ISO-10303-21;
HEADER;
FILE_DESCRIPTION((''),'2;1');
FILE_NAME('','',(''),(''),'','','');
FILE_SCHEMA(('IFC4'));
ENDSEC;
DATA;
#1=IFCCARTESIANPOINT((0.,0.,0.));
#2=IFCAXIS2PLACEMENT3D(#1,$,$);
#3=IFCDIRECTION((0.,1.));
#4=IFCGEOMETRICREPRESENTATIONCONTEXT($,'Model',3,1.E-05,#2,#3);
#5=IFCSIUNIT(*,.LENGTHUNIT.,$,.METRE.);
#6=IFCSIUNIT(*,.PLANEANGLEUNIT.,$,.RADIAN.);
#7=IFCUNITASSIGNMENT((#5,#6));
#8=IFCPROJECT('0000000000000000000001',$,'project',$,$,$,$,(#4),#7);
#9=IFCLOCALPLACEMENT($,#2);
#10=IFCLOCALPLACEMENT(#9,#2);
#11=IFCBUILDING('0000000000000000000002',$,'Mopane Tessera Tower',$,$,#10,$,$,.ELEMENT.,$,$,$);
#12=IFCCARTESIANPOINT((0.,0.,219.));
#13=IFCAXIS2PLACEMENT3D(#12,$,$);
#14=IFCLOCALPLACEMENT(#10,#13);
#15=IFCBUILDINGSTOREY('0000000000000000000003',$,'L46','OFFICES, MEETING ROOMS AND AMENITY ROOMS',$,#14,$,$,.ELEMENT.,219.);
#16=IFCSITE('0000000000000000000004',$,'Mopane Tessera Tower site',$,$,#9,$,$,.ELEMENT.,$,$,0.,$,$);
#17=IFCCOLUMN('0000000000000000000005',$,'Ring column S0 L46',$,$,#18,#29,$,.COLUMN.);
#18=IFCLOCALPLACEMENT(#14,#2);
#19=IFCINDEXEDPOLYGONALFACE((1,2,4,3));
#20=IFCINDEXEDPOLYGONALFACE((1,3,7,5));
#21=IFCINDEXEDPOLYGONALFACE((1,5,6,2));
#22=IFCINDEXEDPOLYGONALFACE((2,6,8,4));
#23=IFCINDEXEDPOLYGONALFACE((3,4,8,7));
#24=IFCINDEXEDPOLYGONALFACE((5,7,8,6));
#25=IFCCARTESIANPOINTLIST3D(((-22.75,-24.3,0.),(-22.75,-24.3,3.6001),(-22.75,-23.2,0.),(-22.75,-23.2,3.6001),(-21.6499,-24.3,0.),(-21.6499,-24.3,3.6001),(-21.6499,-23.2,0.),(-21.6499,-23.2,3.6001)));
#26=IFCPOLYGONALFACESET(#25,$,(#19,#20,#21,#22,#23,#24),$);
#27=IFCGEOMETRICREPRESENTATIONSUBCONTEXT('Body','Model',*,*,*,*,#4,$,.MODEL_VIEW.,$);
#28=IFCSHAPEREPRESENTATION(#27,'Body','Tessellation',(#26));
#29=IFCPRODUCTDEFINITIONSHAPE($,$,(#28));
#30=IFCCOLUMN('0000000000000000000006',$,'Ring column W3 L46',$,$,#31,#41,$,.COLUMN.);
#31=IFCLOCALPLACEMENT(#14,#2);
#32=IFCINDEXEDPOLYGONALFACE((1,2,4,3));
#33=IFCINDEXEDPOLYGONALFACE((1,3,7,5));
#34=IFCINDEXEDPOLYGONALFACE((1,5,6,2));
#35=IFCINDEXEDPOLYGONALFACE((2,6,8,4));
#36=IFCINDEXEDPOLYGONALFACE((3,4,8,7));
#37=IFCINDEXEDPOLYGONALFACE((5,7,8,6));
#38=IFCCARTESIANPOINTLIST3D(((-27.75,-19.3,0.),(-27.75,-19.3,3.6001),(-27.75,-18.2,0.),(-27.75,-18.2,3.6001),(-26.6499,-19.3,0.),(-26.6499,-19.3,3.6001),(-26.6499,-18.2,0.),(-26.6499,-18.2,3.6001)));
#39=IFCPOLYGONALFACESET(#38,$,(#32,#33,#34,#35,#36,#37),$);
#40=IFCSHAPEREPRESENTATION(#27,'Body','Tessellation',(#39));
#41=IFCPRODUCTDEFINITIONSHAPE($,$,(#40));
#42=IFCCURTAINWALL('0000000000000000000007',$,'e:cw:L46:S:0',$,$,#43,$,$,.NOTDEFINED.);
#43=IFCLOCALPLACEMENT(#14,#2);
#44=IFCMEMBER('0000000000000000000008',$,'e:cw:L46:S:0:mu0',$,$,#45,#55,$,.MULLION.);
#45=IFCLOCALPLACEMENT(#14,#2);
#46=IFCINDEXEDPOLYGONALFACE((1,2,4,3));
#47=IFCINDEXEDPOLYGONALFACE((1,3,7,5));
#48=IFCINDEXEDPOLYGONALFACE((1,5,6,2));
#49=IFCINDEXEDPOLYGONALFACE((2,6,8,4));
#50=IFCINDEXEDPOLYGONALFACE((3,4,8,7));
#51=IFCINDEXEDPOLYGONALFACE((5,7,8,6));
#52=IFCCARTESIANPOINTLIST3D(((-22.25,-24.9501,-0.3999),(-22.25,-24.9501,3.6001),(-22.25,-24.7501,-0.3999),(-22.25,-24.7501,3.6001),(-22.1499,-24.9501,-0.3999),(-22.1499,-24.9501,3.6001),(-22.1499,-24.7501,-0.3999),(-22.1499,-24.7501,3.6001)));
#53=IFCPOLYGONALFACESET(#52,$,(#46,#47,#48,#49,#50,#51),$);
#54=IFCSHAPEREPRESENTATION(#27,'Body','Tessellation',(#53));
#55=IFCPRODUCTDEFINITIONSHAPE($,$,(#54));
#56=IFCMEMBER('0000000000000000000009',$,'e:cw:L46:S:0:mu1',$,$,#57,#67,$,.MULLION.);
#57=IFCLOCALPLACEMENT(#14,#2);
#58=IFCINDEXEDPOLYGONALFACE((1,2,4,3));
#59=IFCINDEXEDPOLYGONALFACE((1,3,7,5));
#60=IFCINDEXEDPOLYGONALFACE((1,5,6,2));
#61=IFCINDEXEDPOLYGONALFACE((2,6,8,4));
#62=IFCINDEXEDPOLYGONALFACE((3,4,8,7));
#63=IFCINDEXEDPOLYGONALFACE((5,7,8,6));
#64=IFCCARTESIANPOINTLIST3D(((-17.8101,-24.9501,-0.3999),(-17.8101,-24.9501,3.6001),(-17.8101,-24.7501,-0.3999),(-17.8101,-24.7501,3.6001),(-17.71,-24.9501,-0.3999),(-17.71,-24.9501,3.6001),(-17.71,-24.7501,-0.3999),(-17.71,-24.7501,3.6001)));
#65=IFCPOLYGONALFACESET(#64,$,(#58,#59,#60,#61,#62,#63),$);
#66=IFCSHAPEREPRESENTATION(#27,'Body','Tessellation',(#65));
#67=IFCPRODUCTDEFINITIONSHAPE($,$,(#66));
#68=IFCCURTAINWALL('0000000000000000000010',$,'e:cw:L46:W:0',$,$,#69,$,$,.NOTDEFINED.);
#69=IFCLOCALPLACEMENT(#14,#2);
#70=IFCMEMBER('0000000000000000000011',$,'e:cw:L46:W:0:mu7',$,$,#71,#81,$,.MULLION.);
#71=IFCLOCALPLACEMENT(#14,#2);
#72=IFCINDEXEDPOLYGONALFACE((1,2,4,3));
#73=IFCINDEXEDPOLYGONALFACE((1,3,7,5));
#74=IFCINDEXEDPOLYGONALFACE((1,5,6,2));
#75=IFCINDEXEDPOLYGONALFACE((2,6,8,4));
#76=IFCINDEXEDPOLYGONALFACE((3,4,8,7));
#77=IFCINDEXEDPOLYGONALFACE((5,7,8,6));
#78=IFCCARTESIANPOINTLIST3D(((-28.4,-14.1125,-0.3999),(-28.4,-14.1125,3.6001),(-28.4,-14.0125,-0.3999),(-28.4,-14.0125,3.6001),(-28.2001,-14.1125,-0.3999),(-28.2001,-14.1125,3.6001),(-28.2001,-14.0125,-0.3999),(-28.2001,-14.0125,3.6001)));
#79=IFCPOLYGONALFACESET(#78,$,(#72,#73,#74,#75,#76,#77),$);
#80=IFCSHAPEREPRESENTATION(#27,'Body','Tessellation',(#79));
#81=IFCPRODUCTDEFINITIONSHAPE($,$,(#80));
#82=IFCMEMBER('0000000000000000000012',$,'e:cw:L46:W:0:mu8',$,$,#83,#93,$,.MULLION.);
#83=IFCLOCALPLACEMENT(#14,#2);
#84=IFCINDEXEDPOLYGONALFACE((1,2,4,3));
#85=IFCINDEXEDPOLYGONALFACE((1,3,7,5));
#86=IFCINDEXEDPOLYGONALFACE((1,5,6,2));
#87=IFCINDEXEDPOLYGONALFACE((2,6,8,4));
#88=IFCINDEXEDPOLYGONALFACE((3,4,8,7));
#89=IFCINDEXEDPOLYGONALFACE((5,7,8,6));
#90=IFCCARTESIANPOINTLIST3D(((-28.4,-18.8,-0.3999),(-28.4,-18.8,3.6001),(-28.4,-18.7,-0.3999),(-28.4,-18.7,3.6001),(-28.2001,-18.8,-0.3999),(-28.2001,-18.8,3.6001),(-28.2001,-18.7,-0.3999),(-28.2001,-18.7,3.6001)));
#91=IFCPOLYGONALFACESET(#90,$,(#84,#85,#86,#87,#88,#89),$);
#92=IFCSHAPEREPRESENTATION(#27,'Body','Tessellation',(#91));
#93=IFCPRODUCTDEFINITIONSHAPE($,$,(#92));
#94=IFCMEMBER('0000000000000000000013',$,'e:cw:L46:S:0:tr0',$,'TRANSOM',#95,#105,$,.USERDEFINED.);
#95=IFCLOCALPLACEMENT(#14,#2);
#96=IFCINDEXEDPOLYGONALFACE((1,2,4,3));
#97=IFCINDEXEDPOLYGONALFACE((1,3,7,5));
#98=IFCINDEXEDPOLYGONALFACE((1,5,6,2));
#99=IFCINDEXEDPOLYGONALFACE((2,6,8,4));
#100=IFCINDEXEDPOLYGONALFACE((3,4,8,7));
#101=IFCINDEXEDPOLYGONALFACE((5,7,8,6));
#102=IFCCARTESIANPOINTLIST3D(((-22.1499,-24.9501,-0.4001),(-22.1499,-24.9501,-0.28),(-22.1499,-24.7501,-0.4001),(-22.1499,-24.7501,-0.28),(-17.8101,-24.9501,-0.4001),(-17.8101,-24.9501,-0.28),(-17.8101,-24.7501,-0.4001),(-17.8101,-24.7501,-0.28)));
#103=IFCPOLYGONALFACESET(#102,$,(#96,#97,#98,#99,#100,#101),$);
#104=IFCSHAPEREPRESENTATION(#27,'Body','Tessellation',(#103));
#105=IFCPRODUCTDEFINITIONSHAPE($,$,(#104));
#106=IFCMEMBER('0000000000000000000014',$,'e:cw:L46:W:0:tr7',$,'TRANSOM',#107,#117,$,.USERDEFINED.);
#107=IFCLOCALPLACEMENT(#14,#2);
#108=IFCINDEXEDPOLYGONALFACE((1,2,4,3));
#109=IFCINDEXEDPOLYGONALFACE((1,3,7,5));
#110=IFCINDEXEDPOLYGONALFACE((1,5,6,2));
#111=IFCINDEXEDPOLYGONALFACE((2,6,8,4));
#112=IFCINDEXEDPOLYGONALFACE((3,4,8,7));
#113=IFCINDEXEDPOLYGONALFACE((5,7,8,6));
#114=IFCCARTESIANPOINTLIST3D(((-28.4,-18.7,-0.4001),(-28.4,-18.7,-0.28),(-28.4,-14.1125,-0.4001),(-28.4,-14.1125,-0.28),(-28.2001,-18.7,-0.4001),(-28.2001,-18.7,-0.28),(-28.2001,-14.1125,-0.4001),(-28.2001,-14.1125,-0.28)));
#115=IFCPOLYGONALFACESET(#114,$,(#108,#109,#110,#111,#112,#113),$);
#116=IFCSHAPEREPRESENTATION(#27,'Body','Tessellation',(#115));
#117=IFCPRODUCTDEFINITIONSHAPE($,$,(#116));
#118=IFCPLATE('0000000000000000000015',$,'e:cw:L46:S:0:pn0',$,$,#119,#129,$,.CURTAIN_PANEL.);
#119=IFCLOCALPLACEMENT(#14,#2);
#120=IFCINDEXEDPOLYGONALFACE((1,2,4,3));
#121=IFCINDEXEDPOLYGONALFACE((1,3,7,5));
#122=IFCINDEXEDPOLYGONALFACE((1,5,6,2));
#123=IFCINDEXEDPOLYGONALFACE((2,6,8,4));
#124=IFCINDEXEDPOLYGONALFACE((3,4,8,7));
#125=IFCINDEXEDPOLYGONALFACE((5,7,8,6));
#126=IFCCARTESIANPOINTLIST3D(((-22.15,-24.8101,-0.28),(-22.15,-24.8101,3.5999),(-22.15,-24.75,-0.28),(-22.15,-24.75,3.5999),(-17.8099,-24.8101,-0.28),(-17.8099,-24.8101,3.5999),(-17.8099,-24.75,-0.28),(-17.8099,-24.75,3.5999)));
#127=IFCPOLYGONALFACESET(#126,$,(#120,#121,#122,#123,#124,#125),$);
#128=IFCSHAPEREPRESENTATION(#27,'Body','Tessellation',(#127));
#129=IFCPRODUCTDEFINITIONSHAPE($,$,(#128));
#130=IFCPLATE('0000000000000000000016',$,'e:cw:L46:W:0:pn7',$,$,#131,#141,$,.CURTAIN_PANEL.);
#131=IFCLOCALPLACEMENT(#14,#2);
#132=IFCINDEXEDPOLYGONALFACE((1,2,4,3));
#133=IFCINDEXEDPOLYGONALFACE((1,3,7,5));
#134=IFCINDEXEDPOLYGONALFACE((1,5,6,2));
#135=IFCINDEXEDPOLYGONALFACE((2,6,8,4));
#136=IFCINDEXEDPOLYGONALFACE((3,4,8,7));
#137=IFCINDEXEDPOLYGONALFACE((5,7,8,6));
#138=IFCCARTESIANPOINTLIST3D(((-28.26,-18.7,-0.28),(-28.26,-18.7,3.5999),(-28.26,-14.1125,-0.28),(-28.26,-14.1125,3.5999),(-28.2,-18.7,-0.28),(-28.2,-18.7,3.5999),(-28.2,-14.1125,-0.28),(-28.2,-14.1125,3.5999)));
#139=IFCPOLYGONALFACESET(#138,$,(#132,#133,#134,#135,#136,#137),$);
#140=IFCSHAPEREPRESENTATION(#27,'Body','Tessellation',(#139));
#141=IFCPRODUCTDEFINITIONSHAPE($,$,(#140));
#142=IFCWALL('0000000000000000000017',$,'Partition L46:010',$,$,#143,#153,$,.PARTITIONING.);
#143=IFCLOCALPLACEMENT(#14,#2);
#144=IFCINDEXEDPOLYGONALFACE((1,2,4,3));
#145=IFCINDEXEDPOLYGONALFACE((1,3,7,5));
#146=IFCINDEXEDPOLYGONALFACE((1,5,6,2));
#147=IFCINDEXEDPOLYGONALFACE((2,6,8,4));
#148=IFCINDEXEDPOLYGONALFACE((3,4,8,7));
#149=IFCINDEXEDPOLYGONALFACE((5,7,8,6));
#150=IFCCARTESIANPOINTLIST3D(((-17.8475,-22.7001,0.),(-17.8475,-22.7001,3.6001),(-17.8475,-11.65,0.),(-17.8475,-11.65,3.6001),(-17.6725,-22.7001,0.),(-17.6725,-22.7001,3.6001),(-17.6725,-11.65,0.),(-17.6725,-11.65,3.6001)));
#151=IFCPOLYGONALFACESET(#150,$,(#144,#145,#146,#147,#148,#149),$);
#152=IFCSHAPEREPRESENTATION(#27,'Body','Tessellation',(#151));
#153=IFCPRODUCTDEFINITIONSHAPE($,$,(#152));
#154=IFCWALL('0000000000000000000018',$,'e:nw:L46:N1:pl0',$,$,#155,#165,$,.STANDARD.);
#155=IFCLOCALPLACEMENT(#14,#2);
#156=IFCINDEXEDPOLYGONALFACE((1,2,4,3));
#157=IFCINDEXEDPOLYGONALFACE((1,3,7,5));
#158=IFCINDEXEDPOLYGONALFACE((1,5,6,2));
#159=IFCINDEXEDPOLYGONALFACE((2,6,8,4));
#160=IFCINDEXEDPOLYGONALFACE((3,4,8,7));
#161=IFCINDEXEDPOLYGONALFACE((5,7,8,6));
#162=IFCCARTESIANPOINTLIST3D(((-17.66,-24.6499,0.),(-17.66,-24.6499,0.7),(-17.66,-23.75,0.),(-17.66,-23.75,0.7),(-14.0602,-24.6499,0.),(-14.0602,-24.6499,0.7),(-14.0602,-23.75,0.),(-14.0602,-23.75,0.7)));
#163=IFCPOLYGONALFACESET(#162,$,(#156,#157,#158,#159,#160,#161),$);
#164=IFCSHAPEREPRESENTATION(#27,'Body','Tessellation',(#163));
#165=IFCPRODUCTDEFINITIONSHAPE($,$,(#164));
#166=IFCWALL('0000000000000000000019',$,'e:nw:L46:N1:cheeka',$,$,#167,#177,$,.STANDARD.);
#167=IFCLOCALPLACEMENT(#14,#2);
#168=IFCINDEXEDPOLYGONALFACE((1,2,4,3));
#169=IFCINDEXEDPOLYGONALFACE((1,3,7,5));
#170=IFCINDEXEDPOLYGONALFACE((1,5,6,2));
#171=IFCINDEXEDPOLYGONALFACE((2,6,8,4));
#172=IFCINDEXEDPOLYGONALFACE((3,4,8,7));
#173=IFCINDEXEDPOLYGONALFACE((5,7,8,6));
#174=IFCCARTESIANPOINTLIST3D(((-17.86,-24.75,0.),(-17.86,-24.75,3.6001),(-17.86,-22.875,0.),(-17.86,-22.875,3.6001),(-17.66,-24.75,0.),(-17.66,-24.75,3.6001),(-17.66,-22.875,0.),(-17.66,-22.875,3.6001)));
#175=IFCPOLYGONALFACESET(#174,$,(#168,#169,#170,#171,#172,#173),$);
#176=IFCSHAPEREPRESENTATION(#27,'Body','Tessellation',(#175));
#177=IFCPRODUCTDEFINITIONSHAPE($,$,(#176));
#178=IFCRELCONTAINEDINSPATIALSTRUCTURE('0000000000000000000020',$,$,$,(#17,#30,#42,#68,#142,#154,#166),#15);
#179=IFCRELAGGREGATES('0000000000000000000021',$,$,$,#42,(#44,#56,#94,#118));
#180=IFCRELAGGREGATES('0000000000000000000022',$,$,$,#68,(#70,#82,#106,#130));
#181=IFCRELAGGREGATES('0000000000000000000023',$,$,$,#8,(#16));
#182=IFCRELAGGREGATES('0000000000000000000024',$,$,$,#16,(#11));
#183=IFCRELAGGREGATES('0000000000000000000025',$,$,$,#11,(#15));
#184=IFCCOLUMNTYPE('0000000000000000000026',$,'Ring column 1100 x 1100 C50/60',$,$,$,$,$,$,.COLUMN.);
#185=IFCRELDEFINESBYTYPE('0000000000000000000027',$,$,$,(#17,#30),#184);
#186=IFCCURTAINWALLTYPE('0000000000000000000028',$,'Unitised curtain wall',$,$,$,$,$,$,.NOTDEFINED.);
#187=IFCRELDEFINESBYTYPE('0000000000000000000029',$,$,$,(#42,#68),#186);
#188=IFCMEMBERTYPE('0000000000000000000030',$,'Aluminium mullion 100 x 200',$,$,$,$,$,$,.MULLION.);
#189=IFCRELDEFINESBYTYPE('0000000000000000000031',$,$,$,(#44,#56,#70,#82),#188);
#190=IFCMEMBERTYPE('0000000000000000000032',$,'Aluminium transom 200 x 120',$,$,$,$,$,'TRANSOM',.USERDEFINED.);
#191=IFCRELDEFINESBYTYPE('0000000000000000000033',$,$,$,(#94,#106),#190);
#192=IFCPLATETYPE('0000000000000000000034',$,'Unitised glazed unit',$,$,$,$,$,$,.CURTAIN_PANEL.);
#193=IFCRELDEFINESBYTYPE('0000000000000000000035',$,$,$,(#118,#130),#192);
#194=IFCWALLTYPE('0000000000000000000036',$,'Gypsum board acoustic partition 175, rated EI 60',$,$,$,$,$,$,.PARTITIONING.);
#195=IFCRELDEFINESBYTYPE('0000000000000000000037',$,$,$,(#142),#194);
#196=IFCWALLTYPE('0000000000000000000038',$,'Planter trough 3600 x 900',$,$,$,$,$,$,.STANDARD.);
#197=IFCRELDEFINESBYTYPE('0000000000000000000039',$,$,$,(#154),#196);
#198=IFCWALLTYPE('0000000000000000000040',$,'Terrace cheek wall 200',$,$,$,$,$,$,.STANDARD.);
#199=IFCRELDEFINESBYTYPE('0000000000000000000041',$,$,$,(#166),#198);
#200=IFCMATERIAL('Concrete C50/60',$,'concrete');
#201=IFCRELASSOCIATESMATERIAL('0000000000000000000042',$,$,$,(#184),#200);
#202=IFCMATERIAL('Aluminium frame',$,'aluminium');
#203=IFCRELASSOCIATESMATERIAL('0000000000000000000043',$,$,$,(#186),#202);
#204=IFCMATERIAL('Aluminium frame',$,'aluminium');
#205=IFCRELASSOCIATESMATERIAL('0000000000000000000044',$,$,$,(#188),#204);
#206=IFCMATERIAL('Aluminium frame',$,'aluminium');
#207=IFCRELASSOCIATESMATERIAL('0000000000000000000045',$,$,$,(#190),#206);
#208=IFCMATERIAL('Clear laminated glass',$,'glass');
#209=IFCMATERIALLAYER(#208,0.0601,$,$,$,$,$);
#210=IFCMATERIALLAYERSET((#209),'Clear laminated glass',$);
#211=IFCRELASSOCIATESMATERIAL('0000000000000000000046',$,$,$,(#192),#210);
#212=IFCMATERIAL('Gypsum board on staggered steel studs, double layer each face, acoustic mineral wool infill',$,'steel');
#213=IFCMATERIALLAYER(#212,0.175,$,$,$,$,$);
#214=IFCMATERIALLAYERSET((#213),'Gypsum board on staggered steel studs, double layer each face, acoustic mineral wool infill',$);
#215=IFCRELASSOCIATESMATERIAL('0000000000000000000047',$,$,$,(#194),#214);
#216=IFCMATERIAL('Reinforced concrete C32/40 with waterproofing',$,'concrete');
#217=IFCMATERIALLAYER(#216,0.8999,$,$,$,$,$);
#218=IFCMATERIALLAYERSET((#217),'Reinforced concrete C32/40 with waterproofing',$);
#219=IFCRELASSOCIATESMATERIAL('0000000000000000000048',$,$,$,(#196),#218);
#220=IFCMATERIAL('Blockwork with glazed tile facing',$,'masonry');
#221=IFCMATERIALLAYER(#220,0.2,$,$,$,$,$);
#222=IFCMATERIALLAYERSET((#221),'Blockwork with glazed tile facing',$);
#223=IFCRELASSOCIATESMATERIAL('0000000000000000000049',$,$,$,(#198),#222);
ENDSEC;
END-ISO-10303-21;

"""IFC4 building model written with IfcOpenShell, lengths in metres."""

from ifc_helpers import new_model, si_unit, direction, frame, frame_2d, origin, origin_2d, place, context, subcontext, project, spatial, rectangle, extrude, material, layer, layer_set, material_profile, profile_set, type_object, element, aggregate, save


model = new_model("IFC4")

# Units and contexts
model_context = context("Model", 3, precision=1e-05, world=origin(), true_north=direction((0.0, 1.0)))
body_context = subcontext(model_context, "Body", "Model", "MODEL_VIEW")
ifc_project = project(units=[si_unit("LENGTHUNIT", "METRE"), si_unit("PLANEANGLEUNIT", "RADIAN")], contexts=[model_context])

# Site, building, storey
site_placement = place(None, origin())
site = spatial("IfcSite", under=ifc_project, at=site_placement, Name="Mopane Tessera Tower site", CompositionType="ELEMENT", RefElevation=0.0)
building_placement = place(site_placement, origin())
building = spatial("IfcBuilding", under=site, at=building_placement, Name="Mopane Tessera Tower", CompositionType="ELEMENT")
storey_placement = place(building_placement, frame((0.0, 0.0, 219.0)))
storey = spatial("IfcBuildingStorey", under=building, at=storey_placement, Name="L46", Description="OFFICES, MEETING ROOMS AND AMENITY ROOMS", CompositionType="ELEMENT", Elevation=219.0)

# Columns
ifc_material_1 = material(Name="Concrete C50/60", Category="concrete")
ifc_material_profile_1 = material_profile(ifc_material_1, rectangle(XDim=1.1001, YDim=1.1001, at=origin_2d()))
ifc_profile_set_1 = profile_set([ifc_material_profile_1], Name="Concrete C50/60")
column_type = type_object("IfcColumnType", Name="Ring column 1100 x 1100 C50/60", PredefinedType="COLUMN", material=ifc_profile_set_1)
for number, where, z_axis, x_axis, name in (
    (1, (-22.2, -23.75, 0.0), (0.0, 0.0, 1.0), (1.0, 0.0, 0.0), "Ring column S0 L46"),
    (2, (-27.2, -18.75, 0.0), (0.0, 0.0, 1.0), (1.0, 0.0, 0.0), "Ring column W3 L46"),
):
    element("IfcColumn", number, at=place(storey_placement, frame(where, z_axis=z_axis, x_axis=x_axis)), inside=storey, type_object=column_type, Name=name, PredefinedType="COLUMN", context=body_context, shape_type="SweptSolid", body=[
        extrude(rectangle(XDim=1.1001, YDim=1.1001, at=origin_2d()), origin(), (0.0, 0.0, 1.0), 3.6001),
    ])

# Curtain walls, members
ifc_material_2 = material(Name="Aluminium frame", Category="aluminium")
curtain_wall_type = type_object("IfcCurtainWallType", Name="Unitised curtain wall", PredefinedType="NOTDEFINED", material=ifc_material_2)
curtain_wall_1_placement = place(storey_placement, origin())
curtain_wall_1 = element("IfcCurtainWall", 3, at=curtain_wall_1_placement, inside=storey, type_object=curtain_wall_type, Name="e:cw:L46:S:0", PredefinedType="NOTDEFINED")
ifc_material_3 = material(Name="Aluminium frame", Category="aluminium")
ifc_material_profile_2 = material_profile(ifc_material_3, rectangle(XDim=0.1001, YDim=0.2, at=origin_2d()))
ifc_profile_set_2 = profile_set([ifc_material_profile_2], Name="Aluminium frame")
member_type_1 = type_object("IfcMemberType", Name="Aluminium mullion 100 x 200", PredefinedType="MULLION", material=ifc_profile_set_2)
member_1_placement = place(storey_placement, frame((-22.2, -24.8501, -0.3999), z_axis=(0.0, 0.0, 1.0), x_axis=(1.0, 0.0, 0.0)))
member_1 = element("IfcMember", 4, at=member_1_placement, type_object=member_type_1, Name="e:cw:L46:S:0:mu0", PredefinedType="MULLION", context=body_context, shape_type="SweptSolid", body=[
    extrude(rectangle(XDim=0.1001, YDim=0.2, at=origin_2d()), origin(), (0.0, 0.0, 1.0), 4.0),
])
member_2_placement = place(storey_placement, frame((-17.76, -24.8501, -0.3999), z_axis=(0.0, 0.0, 1.0), x_axis=(1.0, 0.0, 0.0)))
member_2 = element("IfcMember", 5, at=member_2_placement, type_object=member_type_1, Name="e:cw:L46:S:0:mu1", PredefinedType="MULLION", context=body_context, shape_type="SweptSolid", body=[
    extrude(rectangle(XDim=0.1001, YDim=0.2, at=origin_2d()), origin(), (0.0, 0.0, 1.0), 4.0),
])
curtain_wall_2_placement = place(storey_placement, origin())
curtain_wall_2 = element("IfcCurtainWall", 6, at=curtain_wall_2_placement, inside=storey, type_object=curtain_wall_type, Name="e:cw:L46:W:0", PredefinedType="NOTDEFINED")
member_3_placement = place(storey_placement, frame((-28.3, -14.0625, -0.3999), z_axis=(0.0, 0.0, 1.0), x_axis=(0.0, -1.0, 0.0)))
member_3 = element("IfcMember", 7, at=member_3_placement, type_object=member_type_1, Name="e:cw:L46:W:0:mu7", PredefinedType="MULLION", context=body_context, shape_type="SweptSolid", body=[
    extrude(rectangle(XDim=0.1001, YDim=0.2, at=origin_2d()), origin(), (0.0, 0.0, 1.0), 4.0),
])
member_4_placement = place(storey_placement, frame((-28.3, -18.75, -0.3999), z_axis=(0.0, 0.0, 1.0), x_axis=(0.0, -1.0, 0.0)))
member_4 = element("IfcMember", 8, at=member_4_placement, type_object=member_type_1, Name="e:cw:L46:W:0:mu8", PredefinedType="MULLION", context=body_context, shape_type="SweptSolid", body=[
    extrude(rectangle(XDim=0.1001, YDim=0.2, at=origin_2d()), origin(), (0.0, 0.0, 1.0), 4.0),
])

# Members
ifc_material_4 = material(Name="Aluminium frame", Category="aluminium")
ifc_material_profile_3 = material_profile(ifc_material_4, rectangle(XDim=0.2, YDim=0.1201, at=origin_2d()))
ifc_profile_set_3 = profile_set([ifc_material_profile_3], Name="Aluminium frame")
member_type_2 = type_object("IfcMemberType", Name="Aluminium transom 200 x 120", ElementType="TRANSOM", PredefinedType="USERDEFINED", material=ifc_profile_set_3)
member_5_placement = place(storey_placement, frame((-22.1499, -24.8501, -0.3401), z_axis=(1.0, 0.0, 0.0), x_axis=(0.0, 1.0, 0.0)))
member_5 = element("IfcMember", 9, at=member_5_placement, type_object=member_type_2, Name="e:cw:L46:S:0:tr0", ObjectType="TRANSOM", PredefinedType="USERDEFINED", context=body_context, shape_type="SweptSolid", body=[
    extrude(rectangle(XDim=0.2, YDim=0.1201, at=origin_2d()), origin(), (0.0, 0.0, 1.0), 4.3398),
])
member_6_placement = place(storey_placement, frame((-28.3, -14.1125, -0.3401), z_axis=(0.0, -1.0, 0.0), x_axis=(1.0, 0.0, 0.0)))
member_6 = element("IfcMember", 10, at=member_6_placement, type_object=member_type_2, Name="e:cw:L46:W:0:tr7", ObjectType="TRANSOM", PredefinedType="USERDEFINED", context=body_context, shape_type="SweptSolid", body=[
    extrude(rectangle(XDim=0.2, YDim=0.1201, at=origin_2d()), origin(), (0.0, 0.0, 1.0), 4.5874),
])

# Plates
ifc_material_5 = material(Name="Clear laminated glass", Category="glass")
ifc_layer_1 = layer(ifc_material_5, 0.0601)
ifc_layer_set_1 = layer_set([ifc_layer_1], Name="Clear laminated glass")
plate_type = type_object("IfcPlateType", Name="Unitised glazed unit", PredefinedType="CURTAIN_PANEL", material=ifc_layer_set_1)
plate_1_placement = place(storey_placement, frame((-19.98, -24.78, -0.28), z_axis=(0.0, 0.0, 1.0), x_axis=(1.0, 0.0, 0.0)))
plate_1 = element("IfcPlate", 11, at=plate_1_placement, type_object=plate_type, Name="e:cw:L46:S:0:pn0", PredefinedType="CURTAIN_PANEL", context=body_context, shape_type="SweptSolid", body=[
    extrude(rectangle(XDim=4.3401, YDim=0.0601, at=origin_2d()), origin(), (0.0, 0.0, 1.0), 3.8799),
])
aggregate(curtain_wall_1, [member_1, member_2, member_5, plate_1])
plate_2_placement = place(storey_placement, frame((-28.23, -16.4062, -0.28), z_axis=(0.0, 0.0, 1.0), x_axis=(0.0, -1.0, 0.0)))
plate_2 = element("IfcPlate", 12, at=plate_2_placement, type_object=plate_type, Name="e:cw:L46:W:0:pn7", PredefinedType="CURTAIN_PANEL", context=body_context, shape_type="SweptSolid", body=[
    extrude(rectangle(XDim=4.5874, YDim=0.0601, at=origin_2d()), origin(), (0.0, 0.0, 1.0), 3.8799),
])
aggregate(curtain_wall_2, [member_3, member_4, member_6, plate_2])

# Walls
ifc_material_6 = material(Name="Gypsum board on staggered steel studs, double layer each face, acoustic mineral wool infill", Category="steel")
ifc_layer_2 = layer(ifc_material_6, 0.175)
ifc_layer_set_2 = layer_set([ifc_layer_2], Name="Gypsum board on staggered steel studs, double layer each face, acoustic mineral wool infill")
wall_type_1 = type_object("IfcWallType", Name="Gypsum board acoustic partition 175, rated EI 60", PredefinedType="PARTITIONING", material=ifc_layer_set_2)
wall_1_placement = place(storey_placement, frame((-17.76, -22.7, 0.0), z_axis=(0.0, 0.0, 1.0), x_axis=(0.0, 1.0, 0.0)))
element("IfcWall", 13, at=wall_1_placement, inside=storey, type_object=wall_type_1, Name="Partition L46:010", PredefinedType="PARTITIONING", context=body_context, shape_type="SweptSolid", body=[
    extrude(rectangle(XDim=11.05, YDim=0.175, at=frame_2d((5.5249, 0.0))), origin(), (0.0, 0.0, 1.0), 3.6001),
])
ifc_material_7 = material(Name="Reinforced concrete C32/40 with waterproofing", Category="concrete")
ifc_layer_3 = layer(ifc_material_7, 0.8999)
ifc_layer_set_3 = layer_set([ifc_layer_3], Name="Reinforced concrete C32/40 with waterproofing")
wall_type_2 = type_object("IfcWallType", Name="Planter trough 3600 x 900", PredefinedType="STANDARD", material=ifc_layer_set_3)
wall_2_placement = place(storey_placement, frame((-17.6599, -24.2, 0.0), z_axis=(0.0, 0.0, 1.0), x_axis=(1.0, 0.0, 0.0)))
element("IfcWall", 14, at=wall_2_placement, inside=storey, type_object=wall_type_2, Name="e:nw:L46:N1:pl0", PredefinedType="STANDARD", context=body_context, shape_type="SweptSolid", body=[
    extrude(rectangle(XDim=3.5999, YDim=0.8999, at=frame_2d((1.7998, 0.0))), origin(), (0.0, 0.0, 1.0), 0.7),
])
ifc_material_8 = material(Name="Blockwork with glazed tile facing", Category="masonry")
ifc_layer_4 = layer(ifc_material_8, 0.2)
ifc_layer_set_4 = layer_set([ifc_layer_4], Name="Blockwork with glazed tile facing")
wall_type_3 = type_object("IfcWallType", Name="Terrace cheek wall 200", PredefinedType="STANDARD", material=ifc_layer_set_4)
wall_3_placement = place(storey_placement, frame((-17.76, -24.75, 0.0), z_axis=(0.0, 0.0, 1.0), x_axis=(0.0, 1.0, 0.0)))
element("IfcWall", 15, at=wall_3_placement, inside=storey, type_object=wall_type_3, Name="e:nw:L46:N1:cheeka", PredefinedType="STANDARD", context=body_context, shape_type="SweptSolid", body=[
    extrude(rectangle(XDim=1.875, YDim=0.2, at=frame_2d((0.9375, 0.0))), origin(), (0.0, 0.0, 1.0), 3.6001),
])

save(model, "model.ifc")
